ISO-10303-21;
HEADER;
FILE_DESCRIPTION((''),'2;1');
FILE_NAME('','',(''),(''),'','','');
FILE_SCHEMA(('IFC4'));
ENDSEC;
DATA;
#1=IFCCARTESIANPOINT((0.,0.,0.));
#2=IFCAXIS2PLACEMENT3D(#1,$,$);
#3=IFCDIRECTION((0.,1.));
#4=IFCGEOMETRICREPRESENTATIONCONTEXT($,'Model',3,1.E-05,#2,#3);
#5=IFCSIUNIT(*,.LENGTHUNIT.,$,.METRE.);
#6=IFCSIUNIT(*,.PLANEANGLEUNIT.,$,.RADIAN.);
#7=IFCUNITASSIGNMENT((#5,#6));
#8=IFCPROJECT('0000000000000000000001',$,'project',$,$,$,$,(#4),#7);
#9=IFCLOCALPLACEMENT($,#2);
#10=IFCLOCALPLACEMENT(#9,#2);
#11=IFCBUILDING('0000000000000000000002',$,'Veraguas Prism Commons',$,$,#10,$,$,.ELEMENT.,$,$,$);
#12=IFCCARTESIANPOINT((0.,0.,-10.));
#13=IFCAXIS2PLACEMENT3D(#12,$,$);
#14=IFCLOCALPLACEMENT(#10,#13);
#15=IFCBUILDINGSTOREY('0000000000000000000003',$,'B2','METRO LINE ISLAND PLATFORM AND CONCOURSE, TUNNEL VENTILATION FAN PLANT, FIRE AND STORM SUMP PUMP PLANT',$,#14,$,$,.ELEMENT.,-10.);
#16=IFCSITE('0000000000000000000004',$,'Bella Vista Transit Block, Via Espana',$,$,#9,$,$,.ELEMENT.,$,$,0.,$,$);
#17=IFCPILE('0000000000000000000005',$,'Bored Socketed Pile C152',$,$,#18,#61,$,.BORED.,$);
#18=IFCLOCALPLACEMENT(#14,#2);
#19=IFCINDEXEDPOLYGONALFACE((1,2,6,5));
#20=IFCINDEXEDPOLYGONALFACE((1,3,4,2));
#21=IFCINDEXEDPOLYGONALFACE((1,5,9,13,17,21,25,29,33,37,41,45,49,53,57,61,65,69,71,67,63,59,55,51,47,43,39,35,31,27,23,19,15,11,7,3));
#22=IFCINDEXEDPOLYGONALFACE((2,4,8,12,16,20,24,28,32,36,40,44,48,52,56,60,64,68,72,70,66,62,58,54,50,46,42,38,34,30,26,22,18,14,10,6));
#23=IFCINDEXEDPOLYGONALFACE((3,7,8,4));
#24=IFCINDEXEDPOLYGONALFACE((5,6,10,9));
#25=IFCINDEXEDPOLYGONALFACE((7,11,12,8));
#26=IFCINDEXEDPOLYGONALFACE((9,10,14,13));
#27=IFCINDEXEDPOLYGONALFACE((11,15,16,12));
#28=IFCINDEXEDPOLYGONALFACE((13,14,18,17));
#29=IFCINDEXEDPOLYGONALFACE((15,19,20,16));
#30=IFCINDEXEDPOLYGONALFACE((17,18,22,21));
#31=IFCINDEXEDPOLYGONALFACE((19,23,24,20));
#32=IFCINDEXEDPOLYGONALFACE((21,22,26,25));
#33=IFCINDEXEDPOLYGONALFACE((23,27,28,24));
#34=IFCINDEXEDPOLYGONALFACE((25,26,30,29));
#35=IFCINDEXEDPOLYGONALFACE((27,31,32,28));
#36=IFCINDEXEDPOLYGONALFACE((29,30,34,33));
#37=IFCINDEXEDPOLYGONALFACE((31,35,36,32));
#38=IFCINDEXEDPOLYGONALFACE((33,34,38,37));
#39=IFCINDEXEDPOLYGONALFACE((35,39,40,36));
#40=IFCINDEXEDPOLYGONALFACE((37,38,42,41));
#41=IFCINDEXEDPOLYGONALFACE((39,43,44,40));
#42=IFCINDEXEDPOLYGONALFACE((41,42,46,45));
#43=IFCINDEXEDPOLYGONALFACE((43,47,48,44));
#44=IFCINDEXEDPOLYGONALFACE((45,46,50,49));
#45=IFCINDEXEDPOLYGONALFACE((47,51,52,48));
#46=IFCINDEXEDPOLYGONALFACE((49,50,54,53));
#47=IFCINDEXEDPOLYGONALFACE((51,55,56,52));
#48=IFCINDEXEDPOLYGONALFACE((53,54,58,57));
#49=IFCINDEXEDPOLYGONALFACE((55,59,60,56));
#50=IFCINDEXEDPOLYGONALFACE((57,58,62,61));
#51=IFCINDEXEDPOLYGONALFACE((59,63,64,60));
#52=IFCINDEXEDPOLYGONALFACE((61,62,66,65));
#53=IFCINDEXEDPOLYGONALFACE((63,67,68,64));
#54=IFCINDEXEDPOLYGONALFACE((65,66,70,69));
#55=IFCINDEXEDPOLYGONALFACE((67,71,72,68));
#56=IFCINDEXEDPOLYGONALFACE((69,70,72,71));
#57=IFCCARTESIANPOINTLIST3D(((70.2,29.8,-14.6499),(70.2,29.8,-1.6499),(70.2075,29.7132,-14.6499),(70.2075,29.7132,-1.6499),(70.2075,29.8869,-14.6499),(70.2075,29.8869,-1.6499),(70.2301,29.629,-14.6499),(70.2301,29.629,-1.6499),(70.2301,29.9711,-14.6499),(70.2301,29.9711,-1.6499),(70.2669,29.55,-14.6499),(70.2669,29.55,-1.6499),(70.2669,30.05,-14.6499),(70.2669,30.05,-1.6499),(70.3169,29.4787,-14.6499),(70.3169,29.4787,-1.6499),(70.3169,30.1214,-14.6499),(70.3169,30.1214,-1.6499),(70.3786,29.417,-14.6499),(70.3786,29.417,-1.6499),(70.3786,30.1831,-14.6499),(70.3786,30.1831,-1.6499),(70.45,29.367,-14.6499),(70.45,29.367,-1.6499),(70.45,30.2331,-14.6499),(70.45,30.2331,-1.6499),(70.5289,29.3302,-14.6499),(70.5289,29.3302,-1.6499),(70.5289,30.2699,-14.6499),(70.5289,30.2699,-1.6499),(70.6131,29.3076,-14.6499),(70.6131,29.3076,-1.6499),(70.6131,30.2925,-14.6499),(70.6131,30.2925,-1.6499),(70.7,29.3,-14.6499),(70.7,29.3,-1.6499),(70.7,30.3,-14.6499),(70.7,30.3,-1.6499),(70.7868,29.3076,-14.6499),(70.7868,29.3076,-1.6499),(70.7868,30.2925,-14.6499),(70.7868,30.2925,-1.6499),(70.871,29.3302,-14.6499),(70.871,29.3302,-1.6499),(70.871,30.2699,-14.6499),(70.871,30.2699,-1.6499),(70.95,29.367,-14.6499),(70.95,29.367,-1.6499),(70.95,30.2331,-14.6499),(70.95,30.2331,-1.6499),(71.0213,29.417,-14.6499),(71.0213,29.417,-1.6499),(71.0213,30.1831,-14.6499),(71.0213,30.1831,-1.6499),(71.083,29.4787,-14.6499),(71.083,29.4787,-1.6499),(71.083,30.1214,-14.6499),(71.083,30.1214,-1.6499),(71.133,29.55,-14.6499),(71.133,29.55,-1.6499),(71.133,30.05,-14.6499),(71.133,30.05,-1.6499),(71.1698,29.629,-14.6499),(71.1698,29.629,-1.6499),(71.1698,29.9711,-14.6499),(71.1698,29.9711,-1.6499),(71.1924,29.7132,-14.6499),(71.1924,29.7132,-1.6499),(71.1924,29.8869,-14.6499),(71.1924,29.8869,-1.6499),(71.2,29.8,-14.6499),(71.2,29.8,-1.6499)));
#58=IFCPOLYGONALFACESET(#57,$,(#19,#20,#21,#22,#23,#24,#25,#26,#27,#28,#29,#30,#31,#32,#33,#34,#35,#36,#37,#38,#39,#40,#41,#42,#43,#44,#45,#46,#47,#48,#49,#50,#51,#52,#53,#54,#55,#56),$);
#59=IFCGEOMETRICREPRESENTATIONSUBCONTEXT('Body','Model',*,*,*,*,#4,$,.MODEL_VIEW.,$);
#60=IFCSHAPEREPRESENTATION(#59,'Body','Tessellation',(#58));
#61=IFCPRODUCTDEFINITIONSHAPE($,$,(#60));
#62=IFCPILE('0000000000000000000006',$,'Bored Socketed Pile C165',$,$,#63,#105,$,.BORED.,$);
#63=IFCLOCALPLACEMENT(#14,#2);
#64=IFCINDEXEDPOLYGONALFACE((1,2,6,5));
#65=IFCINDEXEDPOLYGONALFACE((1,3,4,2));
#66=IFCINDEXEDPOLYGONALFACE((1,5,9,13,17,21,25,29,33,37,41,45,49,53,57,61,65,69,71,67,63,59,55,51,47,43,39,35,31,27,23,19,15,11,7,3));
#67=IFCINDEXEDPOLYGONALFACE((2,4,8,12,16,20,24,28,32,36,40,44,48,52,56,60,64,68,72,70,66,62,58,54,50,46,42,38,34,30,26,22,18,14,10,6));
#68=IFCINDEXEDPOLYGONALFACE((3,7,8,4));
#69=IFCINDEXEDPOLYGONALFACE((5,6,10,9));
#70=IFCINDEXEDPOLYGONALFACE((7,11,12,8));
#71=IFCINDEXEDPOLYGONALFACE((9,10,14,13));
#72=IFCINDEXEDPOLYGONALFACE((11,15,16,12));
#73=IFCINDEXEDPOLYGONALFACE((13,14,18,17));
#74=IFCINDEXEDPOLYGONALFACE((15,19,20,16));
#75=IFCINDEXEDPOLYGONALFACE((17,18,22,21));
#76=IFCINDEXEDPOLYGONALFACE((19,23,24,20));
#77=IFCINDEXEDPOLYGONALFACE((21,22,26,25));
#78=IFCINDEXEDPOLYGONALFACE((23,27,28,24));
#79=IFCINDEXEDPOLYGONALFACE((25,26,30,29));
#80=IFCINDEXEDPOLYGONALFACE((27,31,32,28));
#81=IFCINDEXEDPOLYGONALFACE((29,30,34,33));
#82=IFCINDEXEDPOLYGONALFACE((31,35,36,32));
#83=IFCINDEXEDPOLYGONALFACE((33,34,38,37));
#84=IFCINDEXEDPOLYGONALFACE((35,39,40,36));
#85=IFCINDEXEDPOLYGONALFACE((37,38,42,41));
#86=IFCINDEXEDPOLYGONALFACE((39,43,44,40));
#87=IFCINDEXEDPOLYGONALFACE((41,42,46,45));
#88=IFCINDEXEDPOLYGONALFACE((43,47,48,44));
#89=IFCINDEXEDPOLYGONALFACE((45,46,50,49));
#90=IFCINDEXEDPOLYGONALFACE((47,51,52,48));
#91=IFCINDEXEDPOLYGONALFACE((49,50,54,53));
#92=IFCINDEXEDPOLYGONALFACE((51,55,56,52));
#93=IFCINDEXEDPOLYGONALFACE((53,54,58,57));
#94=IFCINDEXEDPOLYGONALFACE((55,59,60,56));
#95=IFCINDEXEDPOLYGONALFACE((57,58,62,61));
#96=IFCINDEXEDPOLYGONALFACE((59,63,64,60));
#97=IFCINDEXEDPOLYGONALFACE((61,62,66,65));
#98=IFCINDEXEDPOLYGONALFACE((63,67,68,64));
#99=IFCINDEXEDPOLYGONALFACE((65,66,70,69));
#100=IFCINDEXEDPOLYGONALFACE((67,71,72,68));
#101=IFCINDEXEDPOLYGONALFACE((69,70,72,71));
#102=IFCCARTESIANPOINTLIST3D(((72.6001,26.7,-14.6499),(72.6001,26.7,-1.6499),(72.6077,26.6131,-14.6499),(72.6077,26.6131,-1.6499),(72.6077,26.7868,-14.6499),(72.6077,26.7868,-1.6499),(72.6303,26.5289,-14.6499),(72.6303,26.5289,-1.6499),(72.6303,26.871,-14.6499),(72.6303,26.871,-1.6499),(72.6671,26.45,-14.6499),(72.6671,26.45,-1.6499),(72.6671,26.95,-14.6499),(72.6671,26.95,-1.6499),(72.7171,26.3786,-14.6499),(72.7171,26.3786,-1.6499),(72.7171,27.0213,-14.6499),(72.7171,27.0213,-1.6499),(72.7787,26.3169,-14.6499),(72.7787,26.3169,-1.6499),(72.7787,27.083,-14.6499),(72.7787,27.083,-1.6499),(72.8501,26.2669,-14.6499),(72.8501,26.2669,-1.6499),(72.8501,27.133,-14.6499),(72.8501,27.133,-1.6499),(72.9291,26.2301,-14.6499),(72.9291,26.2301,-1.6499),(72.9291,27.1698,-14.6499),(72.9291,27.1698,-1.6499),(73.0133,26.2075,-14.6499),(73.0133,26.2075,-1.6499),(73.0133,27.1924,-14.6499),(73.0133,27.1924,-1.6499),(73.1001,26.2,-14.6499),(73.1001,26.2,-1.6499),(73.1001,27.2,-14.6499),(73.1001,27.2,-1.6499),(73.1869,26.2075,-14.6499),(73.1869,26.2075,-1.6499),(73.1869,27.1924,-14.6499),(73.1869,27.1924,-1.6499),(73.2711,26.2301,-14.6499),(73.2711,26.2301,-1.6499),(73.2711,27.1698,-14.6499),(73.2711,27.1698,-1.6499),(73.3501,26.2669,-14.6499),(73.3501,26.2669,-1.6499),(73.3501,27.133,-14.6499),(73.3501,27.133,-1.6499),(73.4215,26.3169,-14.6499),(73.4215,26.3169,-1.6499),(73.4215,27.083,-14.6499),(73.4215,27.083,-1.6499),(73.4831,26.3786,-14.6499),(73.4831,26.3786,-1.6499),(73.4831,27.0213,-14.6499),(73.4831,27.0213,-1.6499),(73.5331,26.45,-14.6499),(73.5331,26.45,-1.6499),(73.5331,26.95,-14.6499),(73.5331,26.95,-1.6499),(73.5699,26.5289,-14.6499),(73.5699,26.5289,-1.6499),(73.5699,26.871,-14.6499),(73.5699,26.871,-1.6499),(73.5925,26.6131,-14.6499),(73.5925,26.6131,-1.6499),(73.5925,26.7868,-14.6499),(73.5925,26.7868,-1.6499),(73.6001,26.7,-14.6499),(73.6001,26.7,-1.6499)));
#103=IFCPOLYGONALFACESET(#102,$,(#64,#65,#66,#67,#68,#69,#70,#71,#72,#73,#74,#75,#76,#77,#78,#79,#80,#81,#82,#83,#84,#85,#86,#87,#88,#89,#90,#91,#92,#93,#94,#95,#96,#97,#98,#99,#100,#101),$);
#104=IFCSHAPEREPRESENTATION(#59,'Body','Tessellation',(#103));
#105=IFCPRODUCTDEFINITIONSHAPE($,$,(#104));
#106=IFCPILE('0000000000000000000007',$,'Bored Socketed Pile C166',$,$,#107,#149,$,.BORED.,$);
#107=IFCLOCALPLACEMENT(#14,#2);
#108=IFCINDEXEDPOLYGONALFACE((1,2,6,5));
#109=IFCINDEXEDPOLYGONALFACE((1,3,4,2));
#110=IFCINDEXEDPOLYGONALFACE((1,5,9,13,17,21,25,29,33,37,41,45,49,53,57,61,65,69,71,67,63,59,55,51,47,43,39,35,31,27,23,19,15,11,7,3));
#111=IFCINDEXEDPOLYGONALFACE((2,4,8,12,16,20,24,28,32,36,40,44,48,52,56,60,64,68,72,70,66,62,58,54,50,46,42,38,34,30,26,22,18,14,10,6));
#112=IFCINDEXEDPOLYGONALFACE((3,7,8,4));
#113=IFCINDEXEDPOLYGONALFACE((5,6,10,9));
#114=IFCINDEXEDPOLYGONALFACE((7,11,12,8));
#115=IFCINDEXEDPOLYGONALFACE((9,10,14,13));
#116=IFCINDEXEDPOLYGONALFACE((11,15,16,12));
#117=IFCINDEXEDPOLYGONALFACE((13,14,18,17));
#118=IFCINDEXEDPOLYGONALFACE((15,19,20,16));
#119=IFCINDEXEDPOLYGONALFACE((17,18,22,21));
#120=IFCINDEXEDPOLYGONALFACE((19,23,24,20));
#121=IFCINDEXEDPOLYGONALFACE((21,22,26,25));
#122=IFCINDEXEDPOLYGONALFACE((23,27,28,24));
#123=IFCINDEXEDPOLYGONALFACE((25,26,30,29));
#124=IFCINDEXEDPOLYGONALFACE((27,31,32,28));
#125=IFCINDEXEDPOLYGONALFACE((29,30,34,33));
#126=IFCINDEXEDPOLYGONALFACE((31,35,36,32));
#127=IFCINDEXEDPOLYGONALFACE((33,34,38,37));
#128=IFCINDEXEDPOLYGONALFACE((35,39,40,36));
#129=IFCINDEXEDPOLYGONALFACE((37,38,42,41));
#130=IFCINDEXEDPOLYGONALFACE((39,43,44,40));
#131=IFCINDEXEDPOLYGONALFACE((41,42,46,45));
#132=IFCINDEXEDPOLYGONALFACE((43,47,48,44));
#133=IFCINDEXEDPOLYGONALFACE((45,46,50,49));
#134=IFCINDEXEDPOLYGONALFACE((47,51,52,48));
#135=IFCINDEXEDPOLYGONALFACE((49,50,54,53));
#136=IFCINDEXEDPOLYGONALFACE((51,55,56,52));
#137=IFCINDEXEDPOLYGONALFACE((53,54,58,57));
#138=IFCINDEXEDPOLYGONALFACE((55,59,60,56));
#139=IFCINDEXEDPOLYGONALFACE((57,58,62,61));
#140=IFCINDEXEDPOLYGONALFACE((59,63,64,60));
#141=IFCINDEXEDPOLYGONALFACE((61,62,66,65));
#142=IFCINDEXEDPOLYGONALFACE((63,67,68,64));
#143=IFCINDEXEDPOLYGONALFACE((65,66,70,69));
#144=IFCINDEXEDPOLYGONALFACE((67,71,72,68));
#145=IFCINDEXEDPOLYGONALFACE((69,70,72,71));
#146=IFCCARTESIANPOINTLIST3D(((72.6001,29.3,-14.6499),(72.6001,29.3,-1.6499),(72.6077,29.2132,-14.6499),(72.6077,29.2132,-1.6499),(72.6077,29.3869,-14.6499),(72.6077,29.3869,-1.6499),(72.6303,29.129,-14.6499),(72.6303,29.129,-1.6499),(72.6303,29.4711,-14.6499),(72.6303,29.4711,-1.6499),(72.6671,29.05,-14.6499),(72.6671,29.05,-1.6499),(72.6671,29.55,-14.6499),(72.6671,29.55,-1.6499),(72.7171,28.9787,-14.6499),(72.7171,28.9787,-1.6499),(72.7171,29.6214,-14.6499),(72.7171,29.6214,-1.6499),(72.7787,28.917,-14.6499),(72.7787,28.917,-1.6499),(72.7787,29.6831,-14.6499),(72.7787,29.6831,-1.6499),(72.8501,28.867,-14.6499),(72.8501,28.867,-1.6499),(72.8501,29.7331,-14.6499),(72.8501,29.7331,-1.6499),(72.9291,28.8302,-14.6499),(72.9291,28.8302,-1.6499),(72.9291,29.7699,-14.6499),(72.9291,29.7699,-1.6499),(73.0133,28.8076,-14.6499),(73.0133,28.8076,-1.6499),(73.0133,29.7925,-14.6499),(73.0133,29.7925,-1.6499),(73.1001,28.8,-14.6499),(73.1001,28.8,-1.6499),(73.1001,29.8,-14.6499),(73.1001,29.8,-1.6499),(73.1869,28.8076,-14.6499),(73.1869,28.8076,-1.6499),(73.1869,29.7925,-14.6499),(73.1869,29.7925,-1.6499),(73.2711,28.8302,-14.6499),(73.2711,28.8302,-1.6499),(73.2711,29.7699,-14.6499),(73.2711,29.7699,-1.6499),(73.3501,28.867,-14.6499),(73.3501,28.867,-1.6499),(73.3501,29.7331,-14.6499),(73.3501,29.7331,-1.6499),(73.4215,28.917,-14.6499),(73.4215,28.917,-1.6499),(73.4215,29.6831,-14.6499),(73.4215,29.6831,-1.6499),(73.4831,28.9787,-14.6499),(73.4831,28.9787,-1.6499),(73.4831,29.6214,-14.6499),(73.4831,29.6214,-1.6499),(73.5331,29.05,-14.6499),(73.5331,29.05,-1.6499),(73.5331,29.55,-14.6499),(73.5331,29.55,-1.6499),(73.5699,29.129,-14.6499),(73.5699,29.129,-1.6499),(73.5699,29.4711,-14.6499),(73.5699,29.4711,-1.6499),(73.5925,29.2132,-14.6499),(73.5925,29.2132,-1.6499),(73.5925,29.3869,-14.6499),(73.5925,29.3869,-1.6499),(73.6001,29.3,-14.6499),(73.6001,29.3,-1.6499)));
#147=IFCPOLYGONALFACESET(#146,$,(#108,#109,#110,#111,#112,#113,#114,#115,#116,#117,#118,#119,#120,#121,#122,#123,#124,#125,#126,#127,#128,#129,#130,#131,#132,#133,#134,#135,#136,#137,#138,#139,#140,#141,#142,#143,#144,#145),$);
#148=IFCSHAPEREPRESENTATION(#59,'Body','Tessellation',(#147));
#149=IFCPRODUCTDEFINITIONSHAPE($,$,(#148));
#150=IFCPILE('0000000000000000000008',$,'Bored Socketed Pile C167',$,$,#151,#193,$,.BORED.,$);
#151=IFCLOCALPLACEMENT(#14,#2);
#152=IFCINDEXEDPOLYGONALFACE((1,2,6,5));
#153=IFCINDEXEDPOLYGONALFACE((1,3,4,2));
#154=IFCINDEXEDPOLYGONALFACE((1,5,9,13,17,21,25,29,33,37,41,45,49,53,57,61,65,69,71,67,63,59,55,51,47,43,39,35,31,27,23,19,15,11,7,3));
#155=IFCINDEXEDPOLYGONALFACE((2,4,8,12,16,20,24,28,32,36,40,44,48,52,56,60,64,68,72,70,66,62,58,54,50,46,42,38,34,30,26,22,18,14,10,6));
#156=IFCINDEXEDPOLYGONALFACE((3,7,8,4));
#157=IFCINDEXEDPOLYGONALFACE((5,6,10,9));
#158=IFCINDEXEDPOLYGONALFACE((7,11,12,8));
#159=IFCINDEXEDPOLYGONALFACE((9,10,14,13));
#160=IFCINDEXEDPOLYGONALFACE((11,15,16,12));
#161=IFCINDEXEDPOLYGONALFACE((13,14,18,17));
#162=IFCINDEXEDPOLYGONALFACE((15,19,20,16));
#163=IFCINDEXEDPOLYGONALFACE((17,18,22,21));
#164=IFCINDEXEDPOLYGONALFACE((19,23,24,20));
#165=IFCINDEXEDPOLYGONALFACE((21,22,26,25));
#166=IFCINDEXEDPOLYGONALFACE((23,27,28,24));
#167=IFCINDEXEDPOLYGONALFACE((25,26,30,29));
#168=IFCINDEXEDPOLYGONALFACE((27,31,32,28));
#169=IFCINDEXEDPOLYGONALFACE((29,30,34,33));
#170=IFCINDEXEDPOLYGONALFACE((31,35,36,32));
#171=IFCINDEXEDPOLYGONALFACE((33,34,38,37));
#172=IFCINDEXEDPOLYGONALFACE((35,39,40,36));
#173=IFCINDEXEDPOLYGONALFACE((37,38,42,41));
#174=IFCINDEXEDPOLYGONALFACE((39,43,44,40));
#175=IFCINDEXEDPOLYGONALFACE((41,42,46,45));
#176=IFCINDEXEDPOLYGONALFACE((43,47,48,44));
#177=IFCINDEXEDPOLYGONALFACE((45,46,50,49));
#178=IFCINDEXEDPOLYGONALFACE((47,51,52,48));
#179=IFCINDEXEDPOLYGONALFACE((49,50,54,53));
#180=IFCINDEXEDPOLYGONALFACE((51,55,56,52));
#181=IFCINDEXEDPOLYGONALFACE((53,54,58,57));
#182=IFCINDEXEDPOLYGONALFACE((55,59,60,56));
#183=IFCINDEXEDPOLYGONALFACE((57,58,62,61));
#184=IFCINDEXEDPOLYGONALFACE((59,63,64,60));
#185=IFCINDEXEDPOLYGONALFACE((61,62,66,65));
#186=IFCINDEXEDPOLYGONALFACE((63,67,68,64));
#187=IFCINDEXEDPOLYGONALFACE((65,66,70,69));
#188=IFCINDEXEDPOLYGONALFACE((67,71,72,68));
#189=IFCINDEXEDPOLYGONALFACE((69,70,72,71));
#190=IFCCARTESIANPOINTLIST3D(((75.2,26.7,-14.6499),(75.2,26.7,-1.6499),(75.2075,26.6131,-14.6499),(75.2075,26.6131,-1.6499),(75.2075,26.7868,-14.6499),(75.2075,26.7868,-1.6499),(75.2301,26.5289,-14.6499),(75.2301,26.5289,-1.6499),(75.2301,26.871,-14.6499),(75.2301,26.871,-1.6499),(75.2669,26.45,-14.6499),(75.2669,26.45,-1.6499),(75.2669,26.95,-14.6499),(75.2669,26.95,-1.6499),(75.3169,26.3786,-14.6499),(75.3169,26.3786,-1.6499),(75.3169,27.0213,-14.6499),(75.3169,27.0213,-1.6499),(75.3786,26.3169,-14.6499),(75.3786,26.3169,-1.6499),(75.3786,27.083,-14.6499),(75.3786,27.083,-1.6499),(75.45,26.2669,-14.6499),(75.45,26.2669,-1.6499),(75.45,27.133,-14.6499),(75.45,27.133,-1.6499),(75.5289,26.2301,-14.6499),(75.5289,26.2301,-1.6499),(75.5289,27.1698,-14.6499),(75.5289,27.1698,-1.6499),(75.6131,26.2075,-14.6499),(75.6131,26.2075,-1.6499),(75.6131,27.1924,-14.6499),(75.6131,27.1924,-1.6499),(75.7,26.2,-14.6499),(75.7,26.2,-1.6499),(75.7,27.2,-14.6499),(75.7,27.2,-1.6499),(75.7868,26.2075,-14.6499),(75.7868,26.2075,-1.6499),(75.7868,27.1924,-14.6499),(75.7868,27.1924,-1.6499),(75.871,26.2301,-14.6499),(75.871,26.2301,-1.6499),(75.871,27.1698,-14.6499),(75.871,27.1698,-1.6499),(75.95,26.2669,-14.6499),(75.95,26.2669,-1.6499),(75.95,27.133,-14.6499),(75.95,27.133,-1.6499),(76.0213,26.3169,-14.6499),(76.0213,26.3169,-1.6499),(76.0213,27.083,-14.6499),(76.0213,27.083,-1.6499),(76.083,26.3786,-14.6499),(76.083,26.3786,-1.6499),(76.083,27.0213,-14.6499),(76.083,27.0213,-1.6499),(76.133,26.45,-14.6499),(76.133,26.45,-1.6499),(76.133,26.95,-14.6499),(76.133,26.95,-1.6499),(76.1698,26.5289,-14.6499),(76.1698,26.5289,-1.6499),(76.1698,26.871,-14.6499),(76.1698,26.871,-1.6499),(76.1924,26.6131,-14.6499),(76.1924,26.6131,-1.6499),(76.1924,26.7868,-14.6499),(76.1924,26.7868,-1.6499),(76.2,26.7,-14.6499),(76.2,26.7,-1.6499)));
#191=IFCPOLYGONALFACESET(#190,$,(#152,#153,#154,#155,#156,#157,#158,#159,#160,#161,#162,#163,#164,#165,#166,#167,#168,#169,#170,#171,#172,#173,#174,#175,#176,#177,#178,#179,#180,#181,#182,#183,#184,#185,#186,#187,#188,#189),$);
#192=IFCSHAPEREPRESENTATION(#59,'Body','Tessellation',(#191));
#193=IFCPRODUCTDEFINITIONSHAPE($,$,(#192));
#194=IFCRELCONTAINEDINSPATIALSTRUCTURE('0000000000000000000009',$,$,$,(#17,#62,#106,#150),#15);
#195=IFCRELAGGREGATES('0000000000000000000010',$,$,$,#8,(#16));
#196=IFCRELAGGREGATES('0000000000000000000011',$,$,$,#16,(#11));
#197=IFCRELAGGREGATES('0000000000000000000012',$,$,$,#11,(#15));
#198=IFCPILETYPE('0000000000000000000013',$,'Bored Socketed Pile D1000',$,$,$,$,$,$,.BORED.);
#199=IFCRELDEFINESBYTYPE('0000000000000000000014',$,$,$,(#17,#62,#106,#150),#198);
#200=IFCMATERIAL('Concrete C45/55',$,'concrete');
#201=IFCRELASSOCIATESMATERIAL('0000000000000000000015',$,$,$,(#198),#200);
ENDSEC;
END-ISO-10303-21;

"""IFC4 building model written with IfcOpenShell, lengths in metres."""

from ifc_helpers import new_model, si_unit, direction, frame, origin, origin_2d, place, context, subcontext, project, spatial, circle, extrude, source, transform, mapped, material, material_profile, profile_set, type_object, element, save


model = new_model("IFC4")

# Units and contexts
model_context = context("Model", 3, precision=1e-05, world=origin(), true_north=direction((0.0, 1.0)))
body_context = subcontext(model_context, "Body", "Model", "MODEL_VIEW")
ifc_project = project(units=[si_unit("LENGTHUNIT", "METRE"), si_unit("PLANEANGLEUNIT", "RADIAN")], contexts=[model_context])

# Site, building, storey
site_placement = place(None, origin())
site = spatial("IfcSite", under=ifc_project, at=site_placement, Name="Bella Vista Transit Block, Via Espana", CompositionType="ELEMENT", RefElevation=0.0)
building_placement = place(site_placement, origin())
building = spatial("IfcBuilding", under=site, at=building_placement, Name="Veraguas Prism Commons", CompositionType="ELEMENT")
storey_placement = place(building_placement, frame((0.0, 0.0, -10.0)))
storey = spatial("IfcBuildingStorey", under=building, at=storey_placement, Name="B2", Description="METRO LINE ISLAND PLATFORM AND CONCOURSE, TUNNEL VENTILATION FAN PLANT, FIRE AND STORM SUMP PUMP PLANT", CompositionType="ELEMENT", Elevation=-10.0)

# Shared definitions
ifc_material_1 = material(Name="Concrete C45/55", Category="concrete")

# Piles
ifc_material_profile_1 = material_profile(ifc_material_1, circle(Radius=0.5, at=origin_2d()), Name="PILE1000")
ifc_profile_set_1 = profile_set([ifc_material_profile_1], Name="Concrete C45/55")
pile_type = type_object("IfcPileType", Name="Bored Socketed Pile D1000", PredefinedType="BORED", material=ifc_profile_set_1)
shared_shape_1 = source(origin(), body_context, "Body", "SweptSolid", [
    extrude(circle(Radius=0.5, at=origin_2d()), origin(), (0.0, 0.0, 1.0), 13.0),
])
for number, where, z_axis, x_axis, name in (
    (1, (70.7, 29.8, -1.6499), (0.0, 0.0, -1.0), (1.0, 0.0, 0.0), "Bored Socketed Pile C152"),
    (2, (73.1001, 26.7, -1.6499), (0.0, 0.0, -1.0), (1.0, 0.0, 0.0), "Bored Socketed Pile C165"),
    (3, (73.1001, 29.3, -1.6499), (0.0, 0.0, -1.0), (1.0, 0.0, 0.0), "Bored Socketed Pile C166"),
    (4, (75.7, 26.7, -1.6499), (0.0, 0.0, -1.0), (1.0, 0.0, 0.0), "Bored Socketed Pile C167"),
):
    element("IfcPile", number, at=place(storey_placement, frame(where, z_axis=z_axis, x_axis=x_axis)), inside=storey, type_object=pile_type, Name=name, PredefinedType="BORED", context=body_context, shape_type="MappedRepresentation", body=[
        mapped(shared_shape_1, transform((0.0, 0.0, 0.0), scale=1.0)),
    ])

save(model, "model.ifc")
